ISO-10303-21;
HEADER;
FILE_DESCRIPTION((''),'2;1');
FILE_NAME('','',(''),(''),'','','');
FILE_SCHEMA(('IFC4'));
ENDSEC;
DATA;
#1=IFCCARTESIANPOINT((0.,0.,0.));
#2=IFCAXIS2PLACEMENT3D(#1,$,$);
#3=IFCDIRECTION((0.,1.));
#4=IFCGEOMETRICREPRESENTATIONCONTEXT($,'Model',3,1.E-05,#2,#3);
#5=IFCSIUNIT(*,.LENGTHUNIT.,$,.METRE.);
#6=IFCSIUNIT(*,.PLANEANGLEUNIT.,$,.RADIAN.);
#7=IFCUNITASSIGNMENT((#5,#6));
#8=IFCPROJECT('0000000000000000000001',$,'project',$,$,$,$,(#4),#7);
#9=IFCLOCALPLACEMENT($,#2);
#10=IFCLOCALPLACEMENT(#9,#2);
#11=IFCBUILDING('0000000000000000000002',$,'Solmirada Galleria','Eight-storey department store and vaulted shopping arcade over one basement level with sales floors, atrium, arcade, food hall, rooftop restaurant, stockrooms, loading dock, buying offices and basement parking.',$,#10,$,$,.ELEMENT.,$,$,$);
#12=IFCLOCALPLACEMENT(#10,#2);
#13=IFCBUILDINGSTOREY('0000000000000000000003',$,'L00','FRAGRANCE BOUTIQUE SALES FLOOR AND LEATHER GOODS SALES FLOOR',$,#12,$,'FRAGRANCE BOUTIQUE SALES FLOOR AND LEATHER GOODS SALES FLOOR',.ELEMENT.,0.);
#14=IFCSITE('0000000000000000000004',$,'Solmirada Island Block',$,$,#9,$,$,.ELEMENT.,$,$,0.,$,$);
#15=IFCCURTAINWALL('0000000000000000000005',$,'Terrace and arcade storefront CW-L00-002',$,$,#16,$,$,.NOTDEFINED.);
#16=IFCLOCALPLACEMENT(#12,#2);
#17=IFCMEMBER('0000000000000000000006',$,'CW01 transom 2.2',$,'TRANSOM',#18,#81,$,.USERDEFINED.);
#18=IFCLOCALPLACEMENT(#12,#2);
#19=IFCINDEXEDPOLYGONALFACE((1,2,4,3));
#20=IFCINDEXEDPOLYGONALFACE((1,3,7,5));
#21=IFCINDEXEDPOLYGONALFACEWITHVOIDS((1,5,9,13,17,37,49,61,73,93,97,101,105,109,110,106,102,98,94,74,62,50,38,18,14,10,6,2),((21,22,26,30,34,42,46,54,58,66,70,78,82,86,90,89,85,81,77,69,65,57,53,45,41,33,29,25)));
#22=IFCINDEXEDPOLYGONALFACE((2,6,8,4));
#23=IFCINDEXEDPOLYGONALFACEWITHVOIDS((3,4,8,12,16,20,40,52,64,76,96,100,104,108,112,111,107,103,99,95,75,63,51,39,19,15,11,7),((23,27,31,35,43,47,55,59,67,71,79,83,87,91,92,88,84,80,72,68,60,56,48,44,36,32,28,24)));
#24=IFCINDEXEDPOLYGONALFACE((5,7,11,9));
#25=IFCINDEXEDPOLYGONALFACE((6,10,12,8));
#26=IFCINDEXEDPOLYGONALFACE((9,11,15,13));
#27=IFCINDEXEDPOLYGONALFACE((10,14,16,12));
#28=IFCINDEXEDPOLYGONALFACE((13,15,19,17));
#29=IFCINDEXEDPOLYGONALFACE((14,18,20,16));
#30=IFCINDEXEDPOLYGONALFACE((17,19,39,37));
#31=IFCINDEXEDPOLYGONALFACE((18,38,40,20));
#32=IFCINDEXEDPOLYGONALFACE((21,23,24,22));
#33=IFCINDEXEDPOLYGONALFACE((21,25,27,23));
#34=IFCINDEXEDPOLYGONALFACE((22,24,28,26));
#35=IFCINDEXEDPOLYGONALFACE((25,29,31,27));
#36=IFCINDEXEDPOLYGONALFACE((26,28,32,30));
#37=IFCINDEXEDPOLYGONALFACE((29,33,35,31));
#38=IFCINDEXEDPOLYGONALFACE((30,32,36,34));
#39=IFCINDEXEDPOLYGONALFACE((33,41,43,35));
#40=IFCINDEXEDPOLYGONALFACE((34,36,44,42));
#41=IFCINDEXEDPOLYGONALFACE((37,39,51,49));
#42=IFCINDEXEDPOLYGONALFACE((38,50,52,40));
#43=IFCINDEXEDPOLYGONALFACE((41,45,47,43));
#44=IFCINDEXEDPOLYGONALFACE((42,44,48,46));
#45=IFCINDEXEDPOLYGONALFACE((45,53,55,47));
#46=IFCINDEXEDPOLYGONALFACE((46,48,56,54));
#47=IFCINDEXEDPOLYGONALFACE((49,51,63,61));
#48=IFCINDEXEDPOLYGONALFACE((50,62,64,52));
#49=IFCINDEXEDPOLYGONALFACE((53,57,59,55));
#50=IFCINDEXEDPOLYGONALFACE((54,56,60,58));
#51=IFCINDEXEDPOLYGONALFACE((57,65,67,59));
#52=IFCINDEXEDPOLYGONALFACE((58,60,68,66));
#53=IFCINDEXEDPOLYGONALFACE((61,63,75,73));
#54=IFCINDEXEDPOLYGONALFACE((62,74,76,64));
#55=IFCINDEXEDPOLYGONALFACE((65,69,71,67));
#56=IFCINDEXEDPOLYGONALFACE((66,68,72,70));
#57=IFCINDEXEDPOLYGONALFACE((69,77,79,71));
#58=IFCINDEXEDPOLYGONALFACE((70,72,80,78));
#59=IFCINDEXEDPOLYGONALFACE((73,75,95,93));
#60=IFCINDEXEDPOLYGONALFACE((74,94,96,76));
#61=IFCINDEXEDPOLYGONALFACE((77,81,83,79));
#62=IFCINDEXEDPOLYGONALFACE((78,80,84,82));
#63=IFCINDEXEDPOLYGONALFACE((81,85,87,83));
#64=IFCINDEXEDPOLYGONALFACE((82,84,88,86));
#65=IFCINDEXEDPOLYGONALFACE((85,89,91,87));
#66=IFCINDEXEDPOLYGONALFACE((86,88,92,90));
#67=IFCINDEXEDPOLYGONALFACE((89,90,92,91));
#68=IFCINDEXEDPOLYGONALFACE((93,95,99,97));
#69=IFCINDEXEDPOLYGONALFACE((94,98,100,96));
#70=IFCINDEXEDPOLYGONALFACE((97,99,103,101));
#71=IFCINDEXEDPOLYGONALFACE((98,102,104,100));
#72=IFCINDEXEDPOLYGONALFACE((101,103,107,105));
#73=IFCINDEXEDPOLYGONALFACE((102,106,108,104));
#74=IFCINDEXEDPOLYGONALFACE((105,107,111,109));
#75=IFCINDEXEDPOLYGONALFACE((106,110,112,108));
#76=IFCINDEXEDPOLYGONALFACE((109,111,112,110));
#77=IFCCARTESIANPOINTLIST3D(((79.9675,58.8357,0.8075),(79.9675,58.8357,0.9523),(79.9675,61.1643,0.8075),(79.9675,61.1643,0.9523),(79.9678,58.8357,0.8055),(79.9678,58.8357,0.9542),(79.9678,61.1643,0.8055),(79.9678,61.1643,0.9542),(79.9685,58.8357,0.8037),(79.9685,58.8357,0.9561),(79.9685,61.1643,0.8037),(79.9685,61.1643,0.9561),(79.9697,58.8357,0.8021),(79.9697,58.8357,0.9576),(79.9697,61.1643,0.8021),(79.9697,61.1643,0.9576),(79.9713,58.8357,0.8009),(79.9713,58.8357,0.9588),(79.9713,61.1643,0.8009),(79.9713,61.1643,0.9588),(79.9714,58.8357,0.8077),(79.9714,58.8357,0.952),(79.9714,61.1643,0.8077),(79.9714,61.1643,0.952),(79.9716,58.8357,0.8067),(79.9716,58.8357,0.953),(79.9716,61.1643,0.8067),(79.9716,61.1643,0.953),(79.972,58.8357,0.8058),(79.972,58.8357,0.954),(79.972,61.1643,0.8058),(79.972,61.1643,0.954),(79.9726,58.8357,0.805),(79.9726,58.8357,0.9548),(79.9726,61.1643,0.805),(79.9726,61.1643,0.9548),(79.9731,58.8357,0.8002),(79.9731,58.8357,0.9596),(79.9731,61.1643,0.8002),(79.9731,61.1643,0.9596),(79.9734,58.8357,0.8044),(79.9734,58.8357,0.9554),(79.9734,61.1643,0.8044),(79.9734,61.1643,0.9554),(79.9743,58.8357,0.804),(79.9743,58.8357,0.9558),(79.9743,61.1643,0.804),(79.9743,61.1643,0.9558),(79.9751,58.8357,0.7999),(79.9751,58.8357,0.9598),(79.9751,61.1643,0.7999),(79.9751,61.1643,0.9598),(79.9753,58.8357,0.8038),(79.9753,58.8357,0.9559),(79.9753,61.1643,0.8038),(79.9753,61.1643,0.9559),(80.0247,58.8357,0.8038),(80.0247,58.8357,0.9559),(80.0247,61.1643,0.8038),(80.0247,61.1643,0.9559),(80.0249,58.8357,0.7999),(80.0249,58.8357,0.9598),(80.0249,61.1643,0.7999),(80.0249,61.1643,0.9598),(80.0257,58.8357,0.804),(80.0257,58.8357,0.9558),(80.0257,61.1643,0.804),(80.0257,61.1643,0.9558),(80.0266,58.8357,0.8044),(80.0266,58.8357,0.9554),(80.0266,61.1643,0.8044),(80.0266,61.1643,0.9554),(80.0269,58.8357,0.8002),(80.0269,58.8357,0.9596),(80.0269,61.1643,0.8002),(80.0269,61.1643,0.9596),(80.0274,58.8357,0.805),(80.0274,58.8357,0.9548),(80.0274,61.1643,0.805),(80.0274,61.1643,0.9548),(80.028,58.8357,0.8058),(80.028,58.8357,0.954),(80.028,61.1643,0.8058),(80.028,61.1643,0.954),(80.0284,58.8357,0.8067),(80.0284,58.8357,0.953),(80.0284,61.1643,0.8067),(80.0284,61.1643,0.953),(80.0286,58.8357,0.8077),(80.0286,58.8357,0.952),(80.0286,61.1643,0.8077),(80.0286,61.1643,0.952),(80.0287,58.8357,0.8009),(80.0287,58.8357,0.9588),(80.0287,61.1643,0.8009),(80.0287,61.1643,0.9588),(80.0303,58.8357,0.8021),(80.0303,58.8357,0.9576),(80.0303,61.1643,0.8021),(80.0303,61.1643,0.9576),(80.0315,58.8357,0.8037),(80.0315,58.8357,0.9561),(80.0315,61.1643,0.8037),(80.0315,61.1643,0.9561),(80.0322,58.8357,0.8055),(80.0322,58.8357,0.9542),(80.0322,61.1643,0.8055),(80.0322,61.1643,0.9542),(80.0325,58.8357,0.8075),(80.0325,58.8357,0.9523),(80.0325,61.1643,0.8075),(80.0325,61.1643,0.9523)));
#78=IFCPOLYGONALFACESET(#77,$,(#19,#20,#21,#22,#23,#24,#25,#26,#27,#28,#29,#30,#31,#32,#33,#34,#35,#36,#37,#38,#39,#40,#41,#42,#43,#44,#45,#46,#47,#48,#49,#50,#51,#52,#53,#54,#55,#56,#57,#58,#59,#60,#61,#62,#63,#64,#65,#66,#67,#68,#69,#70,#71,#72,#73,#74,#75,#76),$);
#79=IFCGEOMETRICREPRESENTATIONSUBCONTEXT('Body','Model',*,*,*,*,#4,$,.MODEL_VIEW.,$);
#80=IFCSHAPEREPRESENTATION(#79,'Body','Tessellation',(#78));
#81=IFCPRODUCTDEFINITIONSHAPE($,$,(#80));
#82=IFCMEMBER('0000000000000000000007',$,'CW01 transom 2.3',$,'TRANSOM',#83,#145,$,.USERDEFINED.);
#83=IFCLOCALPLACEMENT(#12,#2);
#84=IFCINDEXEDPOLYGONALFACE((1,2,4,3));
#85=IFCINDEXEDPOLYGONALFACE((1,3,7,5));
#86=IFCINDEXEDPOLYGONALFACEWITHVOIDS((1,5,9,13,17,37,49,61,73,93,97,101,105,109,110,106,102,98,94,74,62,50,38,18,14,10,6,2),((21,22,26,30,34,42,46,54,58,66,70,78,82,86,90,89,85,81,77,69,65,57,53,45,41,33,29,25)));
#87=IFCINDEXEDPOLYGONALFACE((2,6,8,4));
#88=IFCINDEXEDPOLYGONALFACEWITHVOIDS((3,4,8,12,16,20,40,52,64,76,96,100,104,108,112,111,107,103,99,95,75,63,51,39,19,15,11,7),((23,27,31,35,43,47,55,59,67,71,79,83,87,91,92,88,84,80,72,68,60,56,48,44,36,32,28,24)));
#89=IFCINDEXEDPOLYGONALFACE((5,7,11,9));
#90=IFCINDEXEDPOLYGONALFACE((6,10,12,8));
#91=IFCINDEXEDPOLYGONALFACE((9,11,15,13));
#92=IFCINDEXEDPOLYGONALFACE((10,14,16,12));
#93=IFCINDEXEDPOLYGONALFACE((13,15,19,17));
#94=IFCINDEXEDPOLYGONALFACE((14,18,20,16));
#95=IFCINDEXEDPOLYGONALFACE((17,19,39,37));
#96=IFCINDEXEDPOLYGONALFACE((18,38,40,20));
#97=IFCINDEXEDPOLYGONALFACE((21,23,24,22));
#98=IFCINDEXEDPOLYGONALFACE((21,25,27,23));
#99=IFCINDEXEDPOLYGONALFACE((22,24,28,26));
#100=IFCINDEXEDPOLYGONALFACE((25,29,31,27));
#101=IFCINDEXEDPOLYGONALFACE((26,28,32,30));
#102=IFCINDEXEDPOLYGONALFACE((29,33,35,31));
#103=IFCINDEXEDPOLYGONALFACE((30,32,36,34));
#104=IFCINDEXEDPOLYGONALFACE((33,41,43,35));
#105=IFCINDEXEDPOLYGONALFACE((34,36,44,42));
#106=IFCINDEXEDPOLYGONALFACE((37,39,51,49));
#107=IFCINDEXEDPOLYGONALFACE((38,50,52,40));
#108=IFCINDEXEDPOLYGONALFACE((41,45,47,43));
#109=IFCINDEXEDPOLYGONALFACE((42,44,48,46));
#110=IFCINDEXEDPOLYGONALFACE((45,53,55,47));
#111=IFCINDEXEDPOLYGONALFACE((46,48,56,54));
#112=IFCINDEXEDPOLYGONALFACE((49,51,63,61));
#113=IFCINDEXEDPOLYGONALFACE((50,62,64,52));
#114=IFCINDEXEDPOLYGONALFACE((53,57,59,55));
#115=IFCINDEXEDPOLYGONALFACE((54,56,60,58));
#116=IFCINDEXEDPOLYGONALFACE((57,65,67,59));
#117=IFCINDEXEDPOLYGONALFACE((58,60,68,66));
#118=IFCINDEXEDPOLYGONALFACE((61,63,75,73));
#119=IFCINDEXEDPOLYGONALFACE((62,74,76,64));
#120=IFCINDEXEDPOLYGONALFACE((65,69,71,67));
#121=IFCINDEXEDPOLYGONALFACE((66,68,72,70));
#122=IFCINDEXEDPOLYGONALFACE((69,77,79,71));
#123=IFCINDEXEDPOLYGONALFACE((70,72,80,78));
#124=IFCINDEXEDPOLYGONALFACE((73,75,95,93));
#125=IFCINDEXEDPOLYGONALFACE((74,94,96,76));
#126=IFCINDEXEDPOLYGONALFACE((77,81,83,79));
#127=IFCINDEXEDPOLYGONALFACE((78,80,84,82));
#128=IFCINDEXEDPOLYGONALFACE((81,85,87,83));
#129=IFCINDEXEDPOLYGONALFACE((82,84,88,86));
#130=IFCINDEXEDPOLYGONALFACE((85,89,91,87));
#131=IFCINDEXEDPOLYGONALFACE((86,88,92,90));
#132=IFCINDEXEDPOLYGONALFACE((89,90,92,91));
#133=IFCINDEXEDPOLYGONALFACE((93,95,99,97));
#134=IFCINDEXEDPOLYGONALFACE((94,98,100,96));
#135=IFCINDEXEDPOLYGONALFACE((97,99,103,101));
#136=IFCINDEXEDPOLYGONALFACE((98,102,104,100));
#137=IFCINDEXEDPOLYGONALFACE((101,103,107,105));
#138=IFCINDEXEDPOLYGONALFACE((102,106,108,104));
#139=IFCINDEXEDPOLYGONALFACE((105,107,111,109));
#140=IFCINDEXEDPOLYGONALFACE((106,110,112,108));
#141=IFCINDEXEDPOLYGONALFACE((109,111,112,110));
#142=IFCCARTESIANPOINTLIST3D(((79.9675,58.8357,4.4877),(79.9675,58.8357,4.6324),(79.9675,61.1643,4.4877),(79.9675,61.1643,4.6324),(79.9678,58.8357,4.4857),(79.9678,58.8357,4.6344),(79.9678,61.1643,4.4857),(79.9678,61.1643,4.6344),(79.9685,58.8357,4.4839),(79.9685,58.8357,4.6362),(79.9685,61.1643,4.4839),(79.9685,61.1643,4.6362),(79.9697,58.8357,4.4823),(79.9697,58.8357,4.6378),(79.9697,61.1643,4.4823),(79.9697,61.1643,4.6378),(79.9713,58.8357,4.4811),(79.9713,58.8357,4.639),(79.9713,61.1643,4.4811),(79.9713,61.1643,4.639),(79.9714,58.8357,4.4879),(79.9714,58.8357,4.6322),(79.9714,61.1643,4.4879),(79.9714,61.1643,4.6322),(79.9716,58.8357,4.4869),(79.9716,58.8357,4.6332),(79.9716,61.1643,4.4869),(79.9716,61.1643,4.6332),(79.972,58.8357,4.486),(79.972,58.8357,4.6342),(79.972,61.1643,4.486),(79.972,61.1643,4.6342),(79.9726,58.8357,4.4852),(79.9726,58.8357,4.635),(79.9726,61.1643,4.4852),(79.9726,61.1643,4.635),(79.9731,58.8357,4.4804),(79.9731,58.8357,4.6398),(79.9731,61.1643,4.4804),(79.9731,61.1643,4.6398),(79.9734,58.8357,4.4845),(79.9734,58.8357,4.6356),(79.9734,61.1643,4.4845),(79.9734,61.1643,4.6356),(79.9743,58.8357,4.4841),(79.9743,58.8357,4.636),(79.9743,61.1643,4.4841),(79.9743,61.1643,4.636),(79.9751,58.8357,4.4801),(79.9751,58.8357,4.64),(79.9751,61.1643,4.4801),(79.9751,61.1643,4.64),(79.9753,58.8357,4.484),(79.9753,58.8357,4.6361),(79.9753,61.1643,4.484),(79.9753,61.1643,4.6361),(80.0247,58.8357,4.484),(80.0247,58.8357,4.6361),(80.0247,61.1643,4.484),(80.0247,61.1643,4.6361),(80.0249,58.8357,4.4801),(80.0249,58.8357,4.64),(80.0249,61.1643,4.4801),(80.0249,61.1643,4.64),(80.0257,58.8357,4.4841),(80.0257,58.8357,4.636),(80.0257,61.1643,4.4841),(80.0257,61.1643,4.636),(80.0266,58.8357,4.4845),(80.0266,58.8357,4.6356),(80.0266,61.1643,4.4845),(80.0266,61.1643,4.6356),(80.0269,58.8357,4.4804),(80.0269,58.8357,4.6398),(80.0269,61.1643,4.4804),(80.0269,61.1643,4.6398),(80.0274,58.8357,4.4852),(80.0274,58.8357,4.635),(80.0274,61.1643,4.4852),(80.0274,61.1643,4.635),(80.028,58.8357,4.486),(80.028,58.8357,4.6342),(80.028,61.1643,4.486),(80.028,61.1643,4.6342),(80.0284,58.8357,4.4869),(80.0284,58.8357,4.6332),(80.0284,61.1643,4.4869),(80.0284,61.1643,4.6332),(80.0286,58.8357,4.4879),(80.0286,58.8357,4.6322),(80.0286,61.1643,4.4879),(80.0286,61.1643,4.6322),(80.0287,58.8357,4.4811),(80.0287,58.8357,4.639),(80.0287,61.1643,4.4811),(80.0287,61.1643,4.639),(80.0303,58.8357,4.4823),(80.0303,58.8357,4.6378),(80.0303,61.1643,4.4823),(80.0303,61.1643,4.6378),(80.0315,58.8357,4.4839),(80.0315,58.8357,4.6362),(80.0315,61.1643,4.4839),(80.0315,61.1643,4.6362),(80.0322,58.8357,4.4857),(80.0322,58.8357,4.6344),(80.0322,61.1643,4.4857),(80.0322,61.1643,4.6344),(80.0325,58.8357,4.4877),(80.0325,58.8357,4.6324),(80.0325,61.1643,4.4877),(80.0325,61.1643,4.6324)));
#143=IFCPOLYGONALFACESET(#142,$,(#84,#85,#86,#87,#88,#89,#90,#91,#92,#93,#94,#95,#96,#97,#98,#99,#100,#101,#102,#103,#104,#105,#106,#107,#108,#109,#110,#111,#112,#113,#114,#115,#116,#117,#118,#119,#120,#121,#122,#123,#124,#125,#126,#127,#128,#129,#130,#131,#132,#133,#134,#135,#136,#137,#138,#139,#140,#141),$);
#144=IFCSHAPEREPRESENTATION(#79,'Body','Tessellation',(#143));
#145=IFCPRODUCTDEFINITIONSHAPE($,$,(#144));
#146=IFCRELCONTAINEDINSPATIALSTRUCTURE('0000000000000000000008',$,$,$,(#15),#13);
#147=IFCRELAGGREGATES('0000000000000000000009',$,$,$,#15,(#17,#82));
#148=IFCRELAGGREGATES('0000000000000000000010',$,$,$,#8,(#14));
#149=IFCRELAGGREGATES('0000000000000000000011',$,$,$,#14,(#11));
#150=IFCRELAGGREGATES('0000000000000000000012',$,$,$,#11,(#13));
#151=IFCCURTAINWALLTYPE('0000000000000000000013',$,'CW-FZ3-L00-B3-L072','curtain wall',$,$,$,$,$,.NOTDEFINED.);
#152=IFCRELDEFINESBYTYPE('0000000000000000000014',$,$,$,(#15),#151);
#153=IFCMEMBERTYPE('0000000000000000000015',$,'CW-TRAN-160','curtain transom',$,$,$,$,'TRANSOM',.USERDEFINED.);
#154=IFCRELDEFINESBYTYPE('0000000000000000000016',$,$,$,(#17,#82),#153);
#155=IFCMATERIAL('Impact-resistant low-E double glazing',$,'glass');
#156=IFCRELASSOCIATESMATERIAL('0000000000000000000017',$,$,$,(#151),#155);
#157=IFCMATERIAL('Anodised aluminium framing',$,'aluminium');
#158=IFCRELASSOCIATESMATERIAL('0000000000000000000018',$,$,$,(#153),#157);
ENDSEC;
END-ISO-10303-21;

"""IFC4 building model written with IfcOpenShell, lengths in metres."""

from ifc_helpers import new_model, si_unit, direction, frame, origin, origin_2d, place, context, subcontext, project, spatial, hollow_rectangle, extrude, material, material_profile, profile_set, type_object, element, aggregate, save


model = new_model("IFC4")

# Units and contexts
model_context = context("Model", 3, precision=1e-05, world=origin(), true_north=direction((0.0, 1.0)))
body_context = subcontext(model_context, "Body", "Model", "MODEL_VIEW")
ifc_project = project(units=[si_unit("LENGTHUNIT", "METRE"), si_unit("PLANEANGLEUNIT", "RADIAN")], contexts=[model_context])

# Site, building, storey
site_placement = place(None, origin())
site = spatial("IfcSite", under=ifc_project, at=site_placement, Name="Solmirada Island Block", CompositionType="ELEMENT", RefElevation=0.0)
building_placement = place(site_placement, origin())
building = spatial("IfcBuilding", under=site, at=building_placement, Name="Solmirada Galleria", Description="Eight-storey department store and vaulted shopping arcade over one basement level with sales floors, atrium, arcade, food hall, rooftop restaurant, stockrooms, loading dock, buying offices and basement parking.", CompositionType="ELEMENT")
storey_placement = place(building_placement, origin())
storey = spatial("IfcBuildingStorey", under=building, at=storey_placement, Name="L00", Description="FRAGRANCE BOUTIQUE SALES FLOOR AND LEATHER GOODS SALES FLOOR", LongName="FRAGRANCE BOUTIQUE SALES FLOOR AND LEATHER GOODS SALES FLOOR", CompositionType="ELEMENT", Elevation=0.0)

# Curtain wall
ifc_material_1 = material(Name="Impact-resistant low-E double glazing", Category="glass")
curtain_wall_type = type_object("IfcCurtainWallType", Name="CW-FZ3-L00-B3-L072", Description="curtain wall", PredefinedType="NOTDEFINED", material=ifc_material_1)
ifc_material_2 = material(Name="Anodised aluminium framing", Category="aluminium")
curtain_wall_1_placement = place(storey_placement, origin())
curtain_wall_1 = element("IfcCurtainWall", 1, at=curtain_wall_1_placement, inside=storey, type_object=curtain_wall_type, Name="Terrace and arcade storefront CW-L00-002", PredefinedType="NOTDEFINED")

# Members
ifc_material_profile_1 = material_profile(ifc_material_2, hollow_rectangle(XDim=0.0649, YDim=0.1599, WallThickness=0.0039, InnerFilletRadius=0.0039, OuterFilletRadius=0.0076, at=origin_2d()), Name="ALU-TRAN-160X65")
ifc_profile_set_1 = profile_set([ifc_material_profile_1], Name="Anodised aluminium framing")
member_type_1 = type_object("IfcMemberType", Name="CW-TRAN-160", Description="curtain transom", ElementType="TRANSOM", PredefinedType="USERDEFINED", material=ifc_profile_set_1)
member_1_placement = place(storey_placement, frame((80.0, 58.8357, 0.8799), z_axis=(0.0, 1.0, 0.0), x_axis=(-1.0, 0.0, 0.0)))
member_1 = element("IfcMember", 2, at=member_1_placement, type_object=member_type_1, Name="CW01 transom 2.2", ObjectType="TRANSOM", PredefinedType="USERDEFINED", context=body_context, shape_type="SweptSolid", body=[
    extrude(hollow_rectangle(XDim=0.0649, YDim=0.1599, WallThickness=0.0039, InnerFilletRadius=0.0039, OuterFilletRadius=0.0076, at=origin_2d()), origin(), (0.0, 0.0, 1.0), 2.3286),
])
member_2_placement = place(storey_placement, frame((80.0, 58.8357, 4.5601), z_axis=(0.0, 1.0, 0.0), x_axis=(-1.0, 0.0, 0.0)))
member_2 = element("IfcMember", 3, at=member_2_placement, type_object=member_type_1, Name="CW01 transom 2.3", ObjectType="TRANSOM", PredefinedType="USERDEFINED", context=body_context, shape_type="SweptSolid", body=[
    extrude(hollow_rectangle(XDim=0.0649, YDim=0.1599, WallThickness=0.0039, InnerFilletRadius=0.0039, OuterFilletRadius=0.0076, at=origin_2d()), origin(), (0.0, 0.0, 1.0), 2.3286),
])

aggregate(curtain_wall_1, [member_1, member_2])

save(model, "model.ifc")
